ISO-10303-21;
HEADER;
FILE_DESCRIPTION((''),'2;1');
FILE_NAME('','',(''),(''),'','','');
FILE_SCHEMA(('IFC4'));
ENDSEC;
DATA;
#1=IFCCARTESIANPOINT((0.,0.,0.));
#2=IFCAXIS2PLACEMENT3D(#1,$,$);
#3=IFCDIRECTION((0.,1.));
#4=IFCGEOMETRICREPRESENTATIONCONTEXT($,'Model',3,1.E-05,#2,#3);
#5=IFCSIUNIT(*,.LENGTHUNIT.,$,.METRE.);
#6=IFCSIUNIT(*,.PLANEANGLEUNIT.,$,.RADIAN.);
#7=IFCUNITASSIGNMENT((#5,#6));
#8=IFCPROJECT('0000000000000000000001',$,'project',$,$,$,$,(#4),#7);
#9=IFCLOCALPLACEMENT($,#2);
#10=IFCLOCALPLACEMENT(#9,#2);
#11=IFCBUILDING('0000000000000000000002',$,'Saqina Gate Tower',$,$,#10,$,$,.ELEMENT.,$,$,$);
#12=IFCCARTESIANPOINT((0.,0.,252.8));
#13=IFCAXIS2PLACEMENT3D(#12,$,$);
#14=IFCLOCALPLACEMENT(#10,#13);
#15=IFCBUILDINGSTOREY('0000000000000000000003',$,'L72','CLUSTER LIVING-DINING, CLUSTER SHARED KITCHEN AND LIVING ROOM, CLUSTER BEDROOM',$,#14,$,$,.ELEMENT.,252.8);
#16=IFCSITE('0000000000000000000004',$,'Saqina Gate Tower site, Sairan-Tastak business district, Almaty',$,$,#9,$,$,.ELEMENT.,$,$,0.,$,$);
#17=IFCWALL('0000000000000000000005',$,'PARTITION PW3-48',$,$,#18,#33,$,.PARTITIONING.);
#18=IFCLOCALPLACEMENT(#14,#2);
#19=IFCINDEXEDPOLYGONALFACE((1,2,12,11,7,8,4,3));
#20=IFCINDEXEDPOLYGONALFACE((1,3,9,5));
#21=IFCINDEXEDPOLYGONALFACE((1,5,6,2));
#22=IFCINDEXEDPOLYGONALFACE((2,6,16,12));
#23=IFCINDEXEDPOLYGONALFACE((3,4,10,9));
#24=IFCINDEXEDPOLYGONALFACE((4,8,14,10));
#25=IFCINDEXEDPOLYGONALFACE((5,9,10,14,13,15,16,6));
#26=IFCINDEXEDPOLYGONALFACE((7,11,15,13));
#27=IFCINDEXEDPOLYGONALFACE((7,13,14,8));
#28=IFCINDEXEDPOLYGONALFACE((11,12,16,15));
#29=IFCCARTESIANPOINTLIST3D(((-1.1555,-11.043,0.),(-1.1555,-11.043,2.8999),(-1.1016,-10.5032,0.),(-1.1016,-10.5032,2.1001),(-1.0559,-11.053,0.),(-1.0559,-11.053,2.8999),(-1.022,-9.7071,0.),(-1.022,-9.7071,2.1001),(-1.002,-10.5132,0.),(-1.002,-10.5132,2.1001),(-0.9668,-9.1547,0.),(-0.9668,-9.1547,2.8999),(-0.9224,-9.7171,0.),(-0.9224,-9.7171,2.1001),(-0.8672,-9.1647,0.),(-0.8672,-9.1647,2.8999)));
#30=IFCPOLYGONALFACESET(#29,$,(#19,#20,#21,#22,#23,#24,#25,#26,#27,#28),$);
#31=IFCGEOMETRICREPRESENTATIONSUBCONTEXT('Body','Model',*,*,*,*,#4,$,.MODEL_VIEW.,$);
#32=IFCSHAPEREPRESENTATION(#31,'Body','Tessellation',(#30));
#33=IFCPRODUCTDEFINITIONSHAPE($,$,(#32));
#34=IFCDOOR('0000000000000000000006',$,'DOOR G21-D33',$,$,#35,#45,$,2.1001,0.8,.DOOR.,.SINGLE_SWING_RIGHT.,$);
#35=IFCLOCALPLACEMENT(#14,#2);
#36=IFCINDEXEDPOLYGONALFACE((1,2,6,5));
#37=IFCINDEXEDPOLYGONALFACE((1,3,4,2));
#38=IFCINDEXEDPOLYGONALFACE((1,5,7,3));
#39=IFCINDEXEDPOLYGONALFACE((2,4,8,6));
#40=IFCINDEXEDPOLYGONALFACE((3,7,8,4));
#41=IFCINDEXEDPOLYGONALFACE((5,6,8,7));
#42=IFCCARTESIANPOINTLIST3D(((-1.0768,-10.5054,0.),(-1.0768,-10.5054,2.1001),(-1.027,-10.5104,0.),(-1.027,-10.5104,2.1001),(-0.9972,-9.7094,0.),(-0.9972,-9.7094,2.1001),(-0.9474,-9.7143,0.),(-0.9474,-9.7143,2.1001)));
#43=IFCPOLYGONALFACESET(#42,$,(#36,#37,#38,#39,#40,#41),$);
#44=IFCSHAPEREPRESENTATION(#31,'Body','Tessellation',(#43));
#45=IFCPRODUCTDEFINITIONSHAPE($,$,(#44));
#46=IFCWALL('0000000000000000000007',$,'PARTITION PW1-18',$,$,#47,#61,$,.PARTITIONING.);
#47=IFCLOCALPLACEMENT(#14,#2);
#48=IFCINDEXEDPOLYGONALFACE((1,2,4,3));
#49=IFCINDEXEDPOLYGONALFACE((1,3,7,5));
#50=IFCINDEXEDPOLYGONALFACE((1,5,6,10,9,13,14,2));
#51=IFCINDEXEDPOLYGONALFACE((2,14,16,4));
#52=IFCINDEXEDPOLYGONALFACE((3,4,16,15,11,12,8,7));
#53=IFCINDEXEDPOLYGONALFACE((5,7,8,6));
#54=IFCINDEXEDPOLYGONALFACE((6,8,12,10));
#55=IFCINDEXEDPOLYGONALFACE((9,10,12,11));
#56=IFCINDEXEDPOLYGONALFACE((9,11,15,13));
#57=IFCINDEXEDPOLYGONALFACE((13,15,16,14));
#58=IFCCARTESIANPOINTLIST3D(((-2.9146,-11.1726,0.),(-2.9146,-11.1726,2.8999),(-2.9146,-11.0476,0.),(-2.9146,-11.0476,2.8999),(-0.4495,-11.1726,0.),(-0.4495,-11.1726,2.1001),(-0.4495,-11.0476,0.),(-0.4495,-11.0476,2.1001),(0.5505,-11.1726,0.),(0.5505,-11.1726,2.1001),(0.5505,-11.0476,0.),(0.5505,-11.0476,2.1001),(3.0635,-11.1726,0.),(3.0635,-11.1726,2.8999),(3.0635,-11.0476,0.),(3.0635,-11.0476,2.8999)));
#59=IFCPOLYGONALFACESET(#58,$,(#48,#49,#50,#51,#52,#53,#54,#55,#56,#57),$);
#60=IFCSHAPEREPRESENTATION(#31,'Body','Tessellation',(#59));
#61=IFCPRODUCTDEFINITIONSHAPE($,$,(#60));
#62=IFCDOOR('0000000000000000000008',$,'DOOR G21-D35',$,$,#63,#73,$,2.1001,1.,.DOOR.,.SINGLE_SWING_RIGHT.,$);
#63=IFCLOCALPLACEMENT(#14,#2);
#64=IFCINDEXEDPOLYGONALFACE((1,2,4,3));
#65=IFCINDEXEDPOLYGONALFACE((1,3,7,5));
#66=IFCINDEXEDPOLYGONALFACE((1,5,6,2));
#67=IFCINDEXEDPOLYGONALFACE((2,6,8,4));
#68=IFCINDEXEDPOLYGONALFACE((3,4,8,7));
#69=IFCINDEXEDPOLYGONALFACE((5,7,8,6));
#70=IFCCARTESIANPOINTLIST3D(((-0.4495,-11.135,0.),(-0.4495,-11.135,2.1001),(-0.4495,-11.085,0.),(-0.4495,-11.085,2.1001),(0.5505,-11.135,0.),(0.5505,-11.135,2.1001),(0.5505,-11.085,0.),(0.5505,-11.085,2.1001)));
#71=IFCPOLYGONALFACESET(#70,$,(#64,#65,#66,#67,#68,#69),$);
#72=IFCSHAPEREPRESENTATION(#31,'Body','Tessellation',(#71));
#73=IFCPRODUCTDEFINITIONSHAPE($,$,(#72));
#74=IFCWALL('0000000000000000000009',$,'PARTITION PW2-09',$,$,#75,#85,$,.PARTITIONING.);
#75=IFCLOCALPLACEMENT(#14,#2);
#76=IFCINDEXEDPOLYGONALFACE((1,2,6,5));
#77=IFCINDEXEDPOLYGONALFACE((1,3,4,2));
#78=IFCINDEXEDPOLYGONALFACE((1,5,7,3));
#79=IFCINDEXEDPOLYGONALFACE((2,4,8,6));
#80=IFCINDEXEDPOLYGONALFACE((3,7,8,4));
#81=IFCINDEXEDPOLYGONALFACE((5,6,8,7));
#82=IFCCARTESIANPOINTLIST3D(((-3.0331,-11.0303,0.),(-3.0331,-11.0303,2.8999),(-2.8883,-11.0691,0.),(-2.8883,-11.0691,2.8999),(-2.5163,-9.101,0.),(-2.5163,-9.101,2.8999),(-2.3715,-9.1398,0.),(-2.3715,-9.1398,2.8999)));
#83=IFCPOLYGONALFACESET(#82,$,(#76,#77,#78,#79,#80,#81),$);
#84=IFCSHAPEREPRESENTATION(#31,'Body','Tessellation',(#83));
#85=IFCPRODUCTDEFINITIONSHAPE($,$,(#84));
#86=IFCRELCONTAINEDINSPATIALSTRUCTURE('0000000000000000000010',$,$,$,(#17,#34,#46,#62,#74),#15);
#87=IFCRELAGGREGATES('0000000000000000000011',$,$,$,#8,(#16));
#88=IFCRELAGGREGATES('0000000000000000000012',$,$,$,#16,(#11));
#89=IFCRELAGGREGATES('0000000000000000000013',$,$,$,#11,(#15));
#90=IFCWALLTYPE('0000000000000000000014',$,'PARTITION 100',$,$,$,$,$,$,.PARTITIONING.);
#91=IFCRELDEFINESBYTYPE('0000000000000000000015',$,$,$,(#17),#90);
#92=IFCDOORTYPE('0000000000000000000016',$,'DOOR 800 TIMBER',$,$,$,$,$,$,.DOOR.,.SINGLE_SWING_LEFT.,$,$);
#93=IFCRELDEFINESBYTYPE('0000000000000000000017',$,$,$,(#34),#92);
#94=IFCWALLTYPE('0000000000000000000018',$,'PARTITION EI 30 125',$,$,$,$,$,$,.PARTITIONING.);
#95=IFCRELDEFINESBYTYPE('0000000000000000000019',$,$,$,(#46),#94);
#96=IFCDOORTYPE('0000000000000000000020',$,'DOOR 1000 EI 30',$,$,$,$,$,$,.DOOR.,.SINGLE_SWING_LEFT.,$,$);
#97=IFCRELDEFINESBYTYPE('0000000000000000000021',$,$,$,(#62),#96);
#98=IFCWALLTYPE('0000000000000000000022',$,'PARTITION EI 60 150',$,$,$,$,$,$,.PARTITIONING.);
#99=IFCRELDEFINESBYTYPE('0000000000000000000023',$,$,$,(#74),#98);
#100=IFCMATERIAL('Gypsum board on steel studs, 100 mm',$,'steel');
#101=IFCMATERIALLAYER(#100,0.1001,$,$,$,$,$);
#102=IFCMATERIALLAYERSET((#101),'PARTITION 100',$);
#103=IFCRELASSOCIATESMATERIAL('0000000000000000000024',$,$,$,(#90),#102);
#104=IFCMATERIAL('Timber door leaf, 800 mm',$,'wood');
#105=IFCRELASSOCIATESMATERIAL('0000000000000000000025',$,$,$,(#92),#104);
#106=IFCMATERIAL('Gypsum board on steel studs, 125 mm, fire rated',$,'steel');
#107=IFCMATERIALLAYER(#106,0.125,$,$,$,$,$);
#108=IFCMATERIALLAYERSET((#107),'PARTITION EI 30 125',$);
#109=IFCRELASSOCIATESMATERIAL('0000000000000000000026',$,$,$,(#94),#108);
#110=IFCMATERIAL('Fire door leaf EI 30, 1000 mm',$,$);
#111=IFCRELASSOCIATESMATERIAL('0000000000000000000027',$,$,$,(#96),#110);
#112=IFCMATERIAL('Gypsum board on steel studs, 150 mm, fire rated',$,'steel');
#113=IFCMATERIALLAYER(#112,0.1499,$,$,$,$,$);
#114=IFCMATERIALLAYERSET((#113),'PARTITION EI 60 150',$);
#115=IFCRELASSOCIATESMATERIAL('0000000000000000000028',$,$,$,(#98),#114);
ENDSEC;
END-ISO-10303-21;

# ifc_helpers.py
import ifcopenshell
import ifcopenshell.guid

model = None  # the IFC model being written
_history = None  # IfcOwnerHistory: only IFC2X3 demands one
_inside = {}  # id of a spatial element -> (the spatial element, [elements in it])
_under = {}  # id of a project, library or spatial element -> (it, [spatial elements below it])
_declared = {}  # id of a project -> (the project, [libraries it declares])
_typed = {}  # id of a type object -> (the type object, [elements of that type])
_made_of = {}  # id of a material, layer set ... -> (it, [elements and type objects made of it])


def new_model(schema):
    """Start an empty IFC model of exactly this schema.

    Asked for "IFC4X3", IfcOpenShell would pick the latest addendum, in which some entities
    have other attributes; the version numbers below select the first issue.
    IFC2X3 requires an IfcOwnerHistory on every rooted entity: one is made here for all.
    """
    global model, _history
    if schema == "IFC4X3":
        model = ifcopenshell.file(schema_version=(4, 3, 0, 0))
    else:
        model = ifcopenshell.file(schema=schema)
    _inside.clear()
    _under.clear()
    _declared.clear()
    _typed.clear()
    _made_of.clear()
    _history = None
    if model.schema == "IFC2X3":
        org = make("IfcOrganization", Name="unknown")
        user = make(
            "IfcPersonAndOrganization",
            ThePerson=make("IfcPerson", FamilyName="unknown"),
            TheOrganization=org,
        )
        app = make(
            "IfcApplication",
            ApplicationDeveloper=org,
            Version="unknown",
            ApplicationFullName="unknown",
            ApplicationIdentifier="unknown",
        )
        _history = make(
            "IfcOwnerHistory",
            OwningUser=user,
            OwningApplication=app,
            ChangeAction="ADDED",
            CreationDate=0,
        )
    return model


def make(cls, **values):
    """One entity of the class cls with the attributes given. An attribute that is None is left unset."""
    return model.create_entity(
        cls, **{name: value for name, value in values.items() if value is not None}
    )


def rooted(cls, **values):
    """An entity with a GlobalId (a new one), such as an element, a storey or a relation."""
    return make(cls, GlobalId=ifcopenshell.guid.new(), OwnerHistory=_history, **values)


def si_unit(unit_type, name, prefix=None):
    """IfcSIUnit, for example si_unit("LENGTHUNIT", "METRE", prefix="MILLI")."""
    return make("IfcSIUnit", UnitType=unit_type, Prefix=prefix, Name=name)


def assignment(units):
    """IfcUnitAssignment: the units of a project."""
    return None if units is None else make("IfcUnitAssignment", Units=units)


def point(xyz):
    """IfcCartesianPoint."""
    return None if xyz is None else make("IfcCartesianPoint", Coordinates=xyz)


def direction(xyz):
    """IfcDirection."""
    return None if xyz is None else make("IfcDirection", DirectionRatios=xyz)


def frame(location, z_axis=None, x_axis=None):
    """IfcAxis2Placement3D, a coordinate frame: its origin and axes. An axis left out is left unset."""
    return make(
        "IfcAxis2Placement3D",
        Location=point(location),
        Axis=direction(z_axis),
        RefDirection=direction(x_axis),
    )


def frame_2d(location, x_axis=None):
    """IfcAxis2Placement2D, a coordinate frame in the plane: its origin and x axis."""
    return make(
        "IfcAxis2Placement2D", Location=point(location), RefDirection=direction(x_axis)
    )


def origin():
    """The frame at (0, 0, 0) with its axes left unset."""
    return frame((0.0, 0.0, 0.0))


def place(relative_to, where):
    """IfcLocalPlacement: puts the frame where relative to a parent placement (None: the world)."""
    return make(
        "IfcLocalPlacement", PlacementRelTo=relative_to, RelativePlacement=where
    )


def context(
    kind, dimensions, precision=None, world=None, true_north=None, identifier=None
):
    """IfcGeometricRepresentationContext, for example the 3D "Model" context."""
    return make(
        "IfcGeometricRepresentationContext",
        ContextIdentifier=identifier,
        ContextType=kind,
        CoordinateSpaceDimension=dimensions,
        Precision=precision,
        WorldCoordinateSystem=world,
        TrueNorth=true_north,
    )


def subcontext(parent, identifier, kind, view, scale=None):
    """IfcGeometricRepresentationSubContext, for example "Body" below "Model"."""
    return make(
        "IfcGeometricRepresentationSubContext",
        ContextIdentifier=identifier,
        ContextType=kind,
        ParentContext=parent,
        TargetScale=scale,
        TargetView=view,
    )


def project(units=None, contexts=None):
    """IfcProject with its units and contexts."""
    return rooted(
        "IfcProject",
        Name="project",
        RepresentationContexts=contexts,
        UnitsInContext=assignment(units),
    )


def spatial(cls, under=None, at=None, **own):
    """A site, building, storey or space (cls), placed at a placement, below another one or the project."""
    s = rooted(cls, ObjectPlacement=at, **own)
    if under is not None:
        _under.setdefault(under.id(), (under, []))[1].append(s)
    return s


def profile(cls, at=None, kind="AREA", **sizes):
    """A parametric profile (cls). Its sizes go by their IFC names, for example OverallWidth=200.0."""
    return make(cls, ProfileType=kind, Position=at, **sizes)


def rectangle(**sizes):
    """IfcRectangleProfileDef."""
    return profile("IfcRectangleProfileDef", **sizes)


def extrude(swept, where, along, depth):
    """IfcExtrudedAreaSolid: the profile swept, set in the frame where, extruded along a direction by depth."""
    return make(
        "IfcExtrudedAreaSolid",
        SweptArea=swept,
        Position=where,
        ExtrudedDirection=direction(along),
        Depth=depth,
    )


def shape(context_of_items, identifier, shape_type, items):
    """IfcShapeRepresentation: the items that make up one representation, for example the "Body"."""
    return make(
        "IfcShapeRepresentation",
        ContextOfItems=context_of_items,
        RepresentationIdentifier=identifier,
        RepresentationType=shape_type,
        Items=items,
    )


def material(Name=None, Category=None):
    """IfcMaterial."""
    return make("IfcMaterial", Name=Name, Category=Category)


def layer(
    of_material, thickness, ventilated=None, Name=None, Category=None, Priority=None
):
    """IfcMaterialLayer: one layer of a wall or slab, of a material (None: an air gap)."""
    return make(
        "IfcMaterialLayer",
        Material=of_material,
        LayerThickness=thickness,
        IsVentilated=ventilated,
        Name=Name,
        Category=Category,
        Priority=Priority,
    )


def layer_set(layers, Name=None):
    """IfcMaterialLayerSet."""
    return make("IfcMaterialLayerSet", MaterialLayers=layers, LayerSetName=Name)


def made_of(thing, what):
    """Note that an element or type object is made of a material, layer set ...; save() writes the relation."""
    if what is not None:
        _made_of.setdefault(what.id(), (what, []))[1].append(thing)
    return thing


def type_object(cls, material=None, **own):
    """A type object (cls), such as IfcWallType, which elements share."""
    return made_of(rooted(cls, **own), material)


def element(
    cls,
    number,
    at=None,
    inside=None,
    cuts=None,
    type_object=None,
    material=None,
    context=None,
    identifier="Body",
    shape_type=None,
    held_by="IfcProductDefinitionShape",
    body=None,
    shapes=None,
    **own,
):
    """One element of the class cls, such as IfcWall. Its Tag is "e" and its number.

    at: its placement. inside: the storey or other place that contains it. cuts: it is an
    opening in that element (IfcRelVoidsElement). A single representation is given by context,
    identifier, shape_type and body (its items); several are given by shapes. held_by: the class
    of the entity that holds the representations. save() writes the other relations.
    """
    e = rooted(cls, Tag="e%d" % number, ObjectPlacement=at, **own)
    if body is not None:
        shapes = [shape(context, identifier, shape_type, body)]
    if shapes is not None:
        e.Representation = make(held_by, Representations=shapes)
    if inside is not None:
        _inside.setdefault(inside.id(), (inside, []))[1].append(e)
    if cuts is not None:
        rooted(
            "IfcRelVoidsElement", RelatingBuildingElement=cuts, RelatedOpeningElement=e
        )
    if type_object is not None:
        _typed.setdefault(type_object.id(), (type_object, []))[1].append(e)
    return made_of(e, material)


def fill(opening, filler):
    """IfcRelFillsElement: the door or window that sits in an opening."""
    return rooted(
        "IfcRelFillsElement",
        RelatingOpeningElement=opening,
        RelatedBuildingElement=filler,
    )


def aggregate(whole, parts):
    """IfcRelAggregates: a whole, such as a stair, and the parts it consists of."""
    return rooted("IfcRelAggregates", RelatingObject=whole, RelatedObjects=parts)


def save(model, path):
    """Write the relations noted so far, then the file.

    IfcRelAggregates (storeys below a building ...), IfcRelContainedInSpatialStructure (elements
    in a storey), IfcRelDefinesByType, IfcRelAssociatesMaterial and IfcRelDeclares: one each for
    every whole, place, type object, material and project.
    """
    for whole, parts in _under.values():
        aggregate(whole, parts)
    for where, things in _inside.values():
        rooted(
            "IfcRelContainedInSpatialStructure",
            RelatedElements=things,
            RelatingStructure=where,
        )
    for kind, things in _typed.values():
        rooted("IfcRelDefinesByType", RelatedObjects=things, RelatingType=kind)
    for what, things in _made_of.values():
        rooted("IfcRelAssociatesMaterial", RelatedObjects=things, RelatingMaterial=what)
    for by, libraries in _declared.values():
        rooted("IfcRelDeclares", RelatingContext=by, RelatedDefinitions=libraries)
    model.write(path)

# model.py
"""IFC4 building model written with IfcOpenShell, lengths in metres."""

from ifc_helpers import new_model, si_unit, direction, frame, frame_2d, origin, place, context, subcontext, project, spatial, rectangle, extrude, material, layer, layer_set, type_object, element, fill, save


model = new_model("IFC4")

# Units and contexts
model_context = context("Model", 3, precision=1e-05, world=origin(), true_north=direction((0.0, 1.0)))
body_context = subcontext(model_context, "Body", "Model", "MODEL_VIEW")
ifc_project = project(units=[si_unit("LENGTHUNIT", "METRE"), si_unit("PLANEANGLEUNIT", "RADIAN")], contexts=[model_context])

# Site, building, storey
site_placement = place(None, origin())
site = spatial("IfcSite", under=ifc_project, at=site_placement, Name="Saqina Gate Tower site, Sairan-Tastak business district, Almaty", CompositionType="ELEMENT", RefElevation=0.0)
building_placement = place(site_placement, origin())
building = spatial("IfcBuilding", under=site, at=building_placement, Name="Saqina Gate Tower", CompositionType="ELEMENT")
storey_placement = place(building_placement, frame((0.0, 0.0, 252.8)))
storey = spatial("IfcBuildingStorey", under=building, at=storey_placement, Name="L72", Description="CLUSTER LIVING-DINING, CLUSTER SHARED KITCHEN AND LIVING ROOM, CLUSTER BEDROOM", CompositionType="ELEMENT", Elevation=252.8)

# Shared definitions
ifc_material_1 = material(Name="Gypsum board on steel studs, 100 mm", Category="steel")
ifc_layer_1 = layer(ifc_material_1, 0.1001)
ifc_layer_set_1 = layer_set([ifc_layer_1], Name="PARTITION 100")
wall_type_1 = type_object("IfcWallType", Name="PARTITION 100", PredefinedType="PARTITIONING", material=ifc_layer_set_1)

# Walls, openings, doors
ifc_material_2 = material(Name="Timber door leaf, 800 mm", Category="wood")
door_type_1 = type_object("IfcDoorType", Name="DOOR 800 TIMBER", OperationType="SINGLE_SWING_LEFT", PredefinedType="DOOR", material=ifc_material_2)
wall_1_placement = place(storey_placement, frame((-1.1057, -11.0479, 0.0), z_axis=(0.0, 0.0, 1.0), x_axis=(0.099453, 0.995042, 0.0)))
wall_1 = element("IfcWall", 1, at=wall_1_placement, inside=storey, type_object=wall_type_1, Name="PARTITION PW3-48", PredefinedType="PARTITIONING", context=body_context, shape_type="SweptSolid", body=[
    extrude(rectangle(XDim=1.8977, YDim=0.1001, at=frame_2d((0.9487, 0.0))), origin(), (0.0, 0.0, 1.0), 2.8999),
])
opening_1_placement = place(wall_1_placement, frame((0.5425, 0.0, 0.0)))
opening_1 = element("IfcOpeningElement", 2, at=opening_1_placement, cuts=wall_1, PredefinedType="OPENING", context=body_context, shape_type="SweptSolid", body=[
    extrude(rectangle(XDim=0.8, YDim=2.1001, at=frame_2d((0.3999, 1.05))), frame((0.0, 0.062, 0.0), z_axis=(0.0, -1.0, 0.0), x_axis=(1.0, 0.0, 0.0)), (0.0, 0.0, 1.0), 0.124),
])
door_1_placement = place(opening_1_placement, frame((0.8, 0.0, 0.0), z_axis=(0.0, 0.0, 1.0), x_axis=(-1.0, 0.0, 0.0)))
door_1 = element("IfcDoor", 3, at=door_1_placement, inside=storey, type_object=door_type_1, Name="DOOR G21-D33", OperationType="SINGLE_SWING_RIGHT", OverallHeight=2.1001, OverallWidth=0.8, PredefinedType="DOOR", context=body_context, shape_type="SweptSolid", body=[
    extrude(rectangle(XDim=0.8, YDim=2.1001, at=frame_2d((0.3999, 1.05))), frame((0.0, 0.0249, 0.0), z_axis=(0.0, -1.0, 0.0), x_axis=(1.0, 0.0, 0.0)), (0.0, 0.0, 1.0), 0.05),
])
fill(opening_1, door_1)
ifc_material_3 = material(Name="Gypsum board on steel studs, 125 mm, fire rated", Category="steel")
ifc_layer_2 = layer(ifc_material_3, 0.125)
ifc_layer_set_2 = layer_set([ifc_layer_2], Name="PARTITION EI 30 125")
wall_type_2 = type_object("IfcWallType", Name="PARTITION EI 30 125", PredefinedType="PARTITIONING", material=ifc_layer_set_2)
wall_2_placement = place(storey_placement, frame((-2.9146, -11.1101, 0.0), z_axis=(0.0, 0.0, 1.0), x_axis=(1.0, 0.0, 0.0)))
wall_2 = element("IfcWall", 4, at=wall_2_placement, inside=storey, type_object=wall_type_2, Name="PARTITION PW1-18", PredefinedType="PARTITIONING", context=body_context, shape_type="SweptSolid", body=[
    extrude(rectangle(XDim=5.978, YDim=0.125, at=frame_2d((2.989, 0.0))), origin(), (0.0, 0.0, 1.0), 2.8999),
])
opening_2_placement = place(wall_2_placement, frame((2.4651, 0.0, 0.0)))
opening_2 = element("IfcOpeningElement", 5, at=opening_2_placement, cuts=wall_2, PredefinedType="OPENING", context=body_context, shape_type="SweptSolid", body=[
    extrude(rectangle(XDim=1.0, YDim=2.1001, at=frame_2d((0.5, 1.05))), frame((0.0, 0.0745, 0.0), z_axis=(0.0, -1.0, 0.0), x_axis=(1.0, 0.0, 0.0)), (0.0, 0.0, 1.0), 0.1489),
])
ifc_material_4 = material(Name="Fire door leaf EI 30, 1000 mm")
door_type_2 = type_object("IfcDoorType", Name="DOOR 1000 EI 30", OperationType="SINGLE_SWING_LEFT", PredefinedType="DOOR", material=ifc_material_4)
door_2_placement = place(opening_2_placement, frame((1.0, 0.0, 0.0), z_axis=(0.0, 0.0, 1.0), x_axis=(-1.0, 0.0, 0.0)))
door_2 = element("IfcDoor", 6, at=door_2_placement, inside=storey, type_object=door_type_2, Name="DOOR G21-D35", OperationType="SINGLE_SWING_RIGHT", OverallHeight=2.1001, OverallWidth=1.0, PredefinedType="DOOR", context=body_context, shape_type="SweptSolid", body=[
    extrude(rectangle(XDim=1.0, YDim=2.1001, at=frame_2d((0.5, 1.05))), frame((0.0, 0.0249, 0.0), z_axis=(0.0, -1.0, 0.0), x_axis=(1.0, 0.0, 0.0)), (0.0, 0.0, 1.0), 0.05),
])
fill(opening_2, door_2)

# Wall
ifc_material_5 = material(Name="Gypsum board on steel studs, 150 mm, fire rated", Category="steel")
ifc_layer_3 = layer(ifc_material_5, 0.1499)
ifc_layer_set_3 = layer_set([ifc_layer_3], Name="PARTITION EI 60 150")
wall_type_3 = type_object("IfcWallType", Name="PARTITION EI 60 150", PredefinedType="PARTITIONING", material=ifc_layer_set_3)
wall_3_placement = place(storey_placement, frame((-2.9607, -11.0496, 0.0), z_axis=(0.0, 0.0, 1.0), x_axis=(0.258781, 0.965936, 0.0)))
element("IfcWall", 7, at=wall_3_placement, inside=storey, type_object=wall_type_3, Name="PARTITION PW2-09", PredefinedType="PARTITIONING", context=body_context, shape_type="SweptSolid", body=[
    extrude(rectangle(XDim=1.9973, YDim=0.1499, at=frame_2d((0.9985, 0.0))), origin(), (0.0, 0.0, 1.0), 2.8999),
])

save(model, "model.ifc")
